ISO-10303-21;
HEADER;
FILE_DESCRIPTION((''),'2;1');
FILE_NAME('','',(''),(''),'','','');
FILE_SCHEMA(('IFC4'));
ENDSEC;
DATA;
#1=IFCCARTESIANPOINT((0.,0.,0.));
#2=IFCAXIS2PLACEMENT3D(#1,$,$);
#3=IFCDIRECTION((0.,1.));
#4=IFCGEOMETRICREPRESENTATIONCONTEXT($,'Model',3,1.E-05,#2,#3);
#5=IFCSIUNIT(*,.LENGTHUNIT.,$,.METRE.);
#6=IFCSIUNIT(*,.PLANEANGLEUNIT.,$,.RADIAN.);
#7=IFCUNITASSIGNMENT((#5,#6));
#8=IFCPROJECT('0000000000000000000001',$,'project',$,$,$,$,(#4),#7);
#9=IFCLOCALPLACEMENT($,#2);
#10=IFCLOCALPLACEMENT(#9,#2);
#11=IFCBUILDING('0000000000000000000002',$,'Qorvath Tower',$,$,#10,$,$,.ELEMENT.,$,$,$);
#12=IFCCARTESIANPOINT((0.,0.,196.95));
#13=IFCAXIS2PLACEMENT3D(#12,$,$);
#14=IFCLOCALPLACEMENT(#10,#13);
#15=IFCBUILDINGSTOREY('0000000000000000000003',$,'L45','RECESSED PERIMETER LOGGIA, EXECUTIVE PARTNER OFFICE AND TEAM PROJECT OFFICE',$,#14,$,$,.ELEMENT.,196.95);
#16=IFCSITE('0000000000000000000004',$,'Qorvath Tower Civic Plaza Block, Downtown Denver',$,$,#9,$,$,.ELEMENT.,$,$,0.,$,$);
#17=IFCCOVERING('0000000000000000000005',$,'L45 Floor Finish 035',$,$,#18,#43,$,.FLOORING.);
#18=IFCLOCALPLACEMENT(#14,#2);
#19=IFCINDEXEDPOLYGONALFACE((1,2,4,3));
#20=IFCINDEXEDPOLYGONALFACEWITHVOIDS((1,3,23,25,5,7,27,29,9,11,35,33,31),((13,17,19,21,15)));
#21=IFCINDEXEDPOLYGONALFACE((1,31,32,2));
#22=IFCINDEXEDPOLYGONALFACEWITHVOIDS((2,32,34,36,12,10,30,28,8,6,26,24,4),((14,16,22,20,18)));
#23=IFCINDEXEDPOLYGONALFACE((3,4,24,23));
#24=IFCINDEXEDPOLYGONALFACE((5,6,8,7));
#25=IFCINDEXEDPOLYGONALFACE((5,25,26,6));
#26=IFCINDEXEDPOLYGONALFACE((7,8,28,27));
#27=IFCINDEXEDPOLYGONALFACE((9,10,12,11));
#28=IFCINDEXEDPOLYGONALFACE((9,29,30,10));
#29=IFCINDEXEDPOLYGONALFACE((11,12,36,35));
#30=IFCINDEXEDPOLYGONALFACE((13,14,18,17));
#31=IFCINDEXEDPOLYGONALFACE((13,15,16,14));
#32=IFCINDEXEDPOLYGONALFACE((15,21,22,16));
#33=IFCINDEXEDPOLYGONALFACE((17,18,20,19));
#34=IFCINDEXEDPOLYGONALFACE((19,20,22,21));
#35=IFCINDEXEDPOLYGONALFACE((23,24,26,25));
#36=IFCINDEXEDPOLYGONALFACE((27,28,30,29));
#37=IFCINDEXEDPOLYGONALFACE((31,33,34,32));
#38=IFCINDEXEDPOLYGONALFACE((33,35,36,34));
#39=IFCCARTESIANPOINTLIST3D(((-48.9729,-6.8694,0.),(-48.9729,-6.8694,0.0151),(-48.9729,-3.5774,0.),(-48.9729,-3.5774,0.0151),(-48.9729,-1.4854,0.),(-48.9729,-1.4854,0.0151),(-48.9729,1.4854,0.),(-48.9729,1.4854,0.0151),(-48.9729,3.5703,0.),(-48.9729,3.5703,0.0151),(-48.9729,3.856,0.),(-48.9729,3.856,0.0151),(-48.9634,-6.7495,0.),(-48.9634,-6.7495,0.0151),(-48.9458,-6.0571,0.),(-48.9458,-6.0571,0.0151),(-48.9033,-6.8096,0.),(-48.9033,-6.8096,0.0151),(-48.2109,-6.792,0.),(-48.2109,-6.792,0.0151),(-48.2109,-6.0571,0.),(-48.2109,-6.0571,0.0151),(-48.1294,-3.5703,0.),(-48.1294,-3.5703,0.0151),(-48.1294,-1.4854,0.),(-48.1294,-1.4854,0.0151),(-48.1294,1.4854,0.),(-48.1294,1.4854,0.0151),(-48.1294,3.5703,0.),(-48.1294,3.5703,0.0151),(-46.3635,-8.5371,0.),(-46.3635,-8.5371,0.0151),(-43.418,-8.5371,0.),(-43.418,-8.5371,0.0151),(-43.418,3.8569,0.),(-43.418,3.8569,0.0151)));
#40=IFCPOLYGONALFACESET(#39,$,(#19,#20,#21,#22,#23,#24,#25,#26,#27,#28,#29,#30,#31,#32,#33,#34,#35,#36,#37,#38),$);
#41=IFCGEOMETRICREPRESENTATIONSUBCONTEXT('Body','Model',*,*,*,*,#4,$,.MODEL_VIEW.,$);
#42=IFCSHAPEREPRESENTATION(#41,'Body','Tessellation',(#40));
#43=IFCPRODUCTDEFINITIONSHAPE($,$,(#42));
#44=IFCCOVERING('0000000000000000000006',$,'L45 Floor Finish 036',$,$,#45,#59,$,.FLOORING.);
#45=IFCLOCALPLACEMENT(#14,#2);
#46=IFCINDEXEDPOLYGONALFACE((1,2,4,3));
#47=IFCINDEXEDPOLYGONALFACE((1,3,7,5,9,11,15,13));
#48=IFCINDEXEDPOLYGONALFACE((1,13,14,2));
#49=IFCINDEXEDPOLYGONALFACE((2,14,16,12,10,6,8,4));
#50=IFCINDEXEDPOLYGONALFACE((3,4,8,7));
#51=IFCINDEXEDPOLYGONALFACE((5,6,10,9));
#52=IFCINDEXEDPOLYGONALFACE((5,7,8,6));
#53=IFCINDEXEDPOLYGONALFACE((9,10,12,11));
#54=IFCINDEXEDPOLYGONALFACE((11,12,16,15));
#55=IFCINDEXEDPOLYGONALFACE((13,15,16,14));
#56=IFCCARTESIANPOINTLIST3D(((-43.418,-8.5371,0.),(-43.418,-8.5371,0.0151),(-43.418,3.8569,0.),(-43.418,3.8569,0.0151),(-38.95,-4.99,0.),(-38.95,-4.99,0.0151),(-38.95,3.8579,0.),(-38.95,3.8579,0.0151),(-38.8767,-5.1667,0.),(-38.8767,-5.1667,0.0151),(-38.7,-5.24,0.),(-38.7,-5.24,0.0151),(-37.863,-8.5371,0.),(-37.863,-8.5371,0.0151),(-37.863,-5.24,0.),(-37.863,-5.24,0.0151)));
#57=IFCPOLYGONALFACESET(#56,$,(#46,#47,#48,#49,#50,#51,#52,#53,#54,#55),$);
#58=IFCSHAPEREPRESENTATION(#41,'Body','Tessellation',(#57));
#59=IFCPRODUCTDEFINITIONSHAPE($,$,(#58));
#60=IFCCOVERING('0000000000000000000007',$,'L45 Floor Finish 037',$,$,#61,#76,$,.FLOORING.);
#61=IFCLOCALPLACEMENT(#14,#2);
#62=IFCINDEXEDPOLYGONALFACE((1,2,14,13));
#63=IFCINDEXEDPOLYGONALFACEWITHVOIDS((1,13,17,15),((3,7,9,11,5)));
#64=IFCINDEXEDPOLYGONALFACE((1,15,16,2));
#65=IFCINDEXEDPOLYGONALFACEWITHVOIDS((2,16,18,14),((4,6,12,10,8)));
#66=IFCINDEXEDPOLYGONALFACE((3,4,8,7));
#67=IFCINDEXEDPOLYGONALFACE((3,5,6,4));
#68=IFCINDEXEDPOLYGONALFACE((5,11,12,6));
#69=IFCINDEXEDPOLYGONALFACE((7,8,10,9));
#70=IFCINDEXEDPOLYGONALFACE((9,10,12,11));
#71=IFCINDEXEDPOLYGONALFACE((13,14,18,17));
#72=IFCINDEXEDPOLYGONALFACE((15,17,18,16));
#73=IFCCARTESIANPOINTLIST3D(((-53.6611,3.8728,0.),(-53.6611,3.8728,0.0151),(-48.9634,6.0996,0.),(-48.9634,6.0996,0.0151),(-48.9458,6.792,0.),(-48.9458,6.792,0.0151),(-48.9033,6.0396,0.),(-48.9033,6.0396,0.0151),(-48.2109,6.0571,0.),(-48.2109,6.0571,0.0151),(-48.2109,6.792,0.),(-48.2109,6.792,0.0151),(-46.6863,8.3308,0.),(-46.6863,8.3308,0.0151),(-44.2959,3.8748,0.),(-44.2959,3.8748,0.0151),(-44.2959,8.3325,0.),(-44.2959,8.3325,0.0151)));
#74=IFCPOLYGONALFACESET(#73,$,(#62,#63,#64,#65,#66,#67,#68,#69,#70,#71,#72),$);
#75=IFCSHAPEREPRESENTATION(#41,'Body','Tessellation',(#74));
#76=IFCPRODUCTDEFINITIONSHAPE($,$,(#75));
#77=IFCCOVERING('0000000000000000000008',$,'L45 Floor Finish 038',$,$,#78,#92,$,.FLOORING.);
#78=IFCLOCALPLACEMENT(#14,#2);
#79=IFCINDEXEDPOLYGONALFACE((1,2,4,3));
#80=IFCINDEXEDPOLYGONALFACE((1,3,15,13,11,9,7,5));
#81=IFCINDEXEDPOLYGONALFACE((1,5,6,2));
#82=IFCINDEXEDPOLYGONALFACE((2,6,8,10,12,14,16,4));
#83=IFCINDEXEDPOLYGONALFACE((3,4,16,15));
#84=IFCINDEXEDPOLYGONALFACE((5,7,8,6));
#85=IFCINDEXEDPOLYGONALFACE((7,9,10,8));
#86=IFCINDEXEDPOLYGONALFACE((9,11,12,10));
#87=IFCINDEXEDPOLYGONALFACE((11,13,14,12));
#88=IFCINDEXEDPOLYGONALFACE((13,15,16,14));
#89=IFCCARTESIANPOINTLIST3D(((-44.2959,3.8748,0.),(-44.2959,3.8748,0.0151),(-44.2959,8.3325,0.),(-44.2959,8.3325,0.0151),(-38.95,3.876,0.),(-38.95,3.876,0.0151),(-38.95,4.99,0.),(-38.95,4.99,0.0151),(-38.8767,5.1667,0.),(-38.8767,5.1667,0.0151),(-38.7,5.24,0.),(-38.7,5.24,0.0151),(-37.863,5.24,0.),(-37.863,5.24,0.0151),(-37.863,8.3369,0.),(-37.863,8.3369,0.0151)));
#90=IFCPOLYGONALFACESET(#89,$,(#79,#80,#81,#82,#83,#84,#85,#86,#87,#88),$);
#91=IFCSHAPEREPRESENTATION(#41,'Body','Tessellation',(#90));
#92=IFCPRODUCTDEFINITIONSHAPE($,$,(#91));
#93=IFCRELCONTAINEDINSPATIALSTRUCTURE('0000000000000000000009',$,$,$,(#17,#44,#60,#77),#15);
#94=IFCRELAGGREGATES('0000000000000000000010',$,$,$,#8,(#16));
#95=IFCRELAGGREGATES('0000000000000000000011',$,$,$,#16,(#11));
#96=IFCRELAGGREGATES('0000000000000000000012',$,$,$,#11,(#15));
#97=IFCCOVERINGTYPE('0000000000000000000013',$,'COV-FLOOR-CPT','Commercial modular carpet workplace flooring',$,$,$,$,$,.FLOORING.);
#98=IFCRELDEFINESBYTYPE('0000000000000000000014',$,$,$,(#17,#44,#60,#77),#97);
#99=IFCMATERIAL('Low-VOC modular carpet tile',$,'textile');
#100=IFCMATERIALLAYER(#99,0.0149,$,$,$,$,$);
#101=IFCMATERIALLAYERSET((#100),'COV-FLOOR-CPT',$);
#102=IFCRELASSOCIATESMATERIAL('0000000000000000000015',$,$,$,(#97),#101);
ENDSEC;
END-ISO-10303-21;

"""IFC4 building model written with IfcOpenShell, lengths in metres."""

from ifc_helpers import new_model, si_unit, direction, frame, origin, place, context, subcontext, project, spatial, polyline, outline, extrude, material, layer, layer_set, type_object, element, save


model = new_model("IFC4")

# Units and contexts
model_context = context("Model", 3, precision=1e-05, world=origin(), true_north=direction((0.0, 1.0)))
body_context = subcontext(model_context, "Body", "Model", "MODEL_VIEW")
ifc_project = project(units=[si_unit("LENGTHUNIT", "METRE"), si_unit("PLANEANGLEUNIT", "RADIAN")], contexts=[model_context])

# Site, building, storey
site_placement = place(None, origin())
site = spatial("IfcSite", under=ifc_project, at=site_placement, Name="Qorvath Tower Civic Plaza Block, Downtown Denver", CompositionType="ELEMENT", RefElevation=0.0)
building_placement = place(site_placement, origin())
building = spatial("IfcBuilding", under=site, at=building_placement, Name="Qorvath Tower", CompositionType="ELEMENT")
storey_placement = place(building_placement, frame((0.0, 0.0, 196.95)))
storey = spatial("IfcBuildingStorey", under=building, at=storey_placement, Name="L45", Description="RECESSED PERIMETER LOGGIA, EXECUTIVE PARTNER OFFICE AND TEAM PROJECT OFFICE", CompositionType="ELEMENT", Elevation=196.95)

# Coverings
ifc_material_1 = material(Name="Low-VOC modular carpet tile", Category="textile")
ifc_layer_1 = layer(ifc_material_1, 0.0149)
ifc_layer_set_1 = layer_set([ifc_layer_1], Name="COV-FLOOR-CPT")
covering_type_1 = type_object("IfcCoveringType", Name="COV-FLOOR-CPT", Description="Commercial modular carpet workplace flooring", PredefinedType="FLOORING", material=ifc_layer_set_1)
covering_1_placement = place(storey_placement, origin())
element("IfcCovering", 1, at=covering_1_placement, inside=storey, type_object=covering_type_1, Name="L45 Floor Finish 035", PredefinedType="FLOORING", context=body_context, shape_type="SweptSolid", body=[
    extrude(outline(polyline([(-48.9729, 3.856), (-48.9729, 3.5703), (-48.1294, 3.5703), (-48.1294, 1.4854), (-48.9729, 1.4854), (-48.9729, -1.4854), (-48.1294, -1.4854), (-48.1294, -3.5703), (-48.9729, -3.5774), (-48.9729, -6.8694), (-46.3635, -8.5371), (-43.418, -8.5371), (-43.418, 3.8569), (-48.9729, 3.856)]), holes=[polyline([(-48.9634, -6.7495), (-48.9458, -6.0571), (-48.2109, -6.0571), (-48.2109, -6.792), (-48.9033, -6.8096), (-48.9634, -6.7495)])]), origin(), (0.0, 0.0, 1.0), 0.0151),
])
covering_2_placement = place(storey_placement, origin())
element("IfcCovering", 2, at=covering_2_placement, inside=storey, type_object=covering_type_1, Name="L45 Floor Finish 036", PredefinedType="FLOORING", context=body_context, shape_type="SweptSolid", body=[
    extrude(outline(polyline([(-43.418, 3.8569), (-43.418, -8.5371), (-37.863, -8.5371), (-37.863, -5.24), (-38.7, -5.24), (-38.8767, -5.1667), (-38.95, -4.99), (-38.95, 3.8579), (-43.418, 3.8569)])), origin(), (0.0, 0.0, 1.0), 0.0151),
])
covering_3_placement = place(storey_placement, origin())
element("IfcCovering", 3, at=covering_3_placement, inside=storey, type_object=covering_type_1, Name="L45 Floor Finish 037", PredefinedType="FLOORING", context=body_context, shape_type="SweptSolid", body=[
    extrude(outline(polyline([(-44.2959, 3.8748), (-44.2959, 8.3325), (-46.6863, 8.3308), (-53.6611, 3.8728), (-44.2959, 3.8748)]), holes=[polyline([(-48.9634, 6.0996), (-48.9458, 6.792), (-48.2109, 6.792), (-48.2109, 6.0571), (-48.9033, 6.0396), (-48.9634, 6.0996)])]), origin(), (0.0, 0.0, 1.0), 0.0151),
])
covering_4_placement = place(storey_placement, origin())
element("IfcCovering", 4, at=covering_4_placement, inside=storey, type_object=covering_type_1, Name="L45 Floor Finish 038", PredefinedType="FLOORING", context=body_context, shape_type="SweptSolid", body=[
    extrude(outline(polyline([(-37.863, 5.24), (-37.863, 8.3369), (-44.2959, 8.3325), (-44.2959, 3.8748), (-38.95, 3.876), (-38.95, 4.99), (-38.8767, 5.1667), (-38.7, 5.24), (-37.863, 5.24)])), origin(), (0.0, 0.0, 1.0), 0.0151),
])

save(model, "model.ifc")
